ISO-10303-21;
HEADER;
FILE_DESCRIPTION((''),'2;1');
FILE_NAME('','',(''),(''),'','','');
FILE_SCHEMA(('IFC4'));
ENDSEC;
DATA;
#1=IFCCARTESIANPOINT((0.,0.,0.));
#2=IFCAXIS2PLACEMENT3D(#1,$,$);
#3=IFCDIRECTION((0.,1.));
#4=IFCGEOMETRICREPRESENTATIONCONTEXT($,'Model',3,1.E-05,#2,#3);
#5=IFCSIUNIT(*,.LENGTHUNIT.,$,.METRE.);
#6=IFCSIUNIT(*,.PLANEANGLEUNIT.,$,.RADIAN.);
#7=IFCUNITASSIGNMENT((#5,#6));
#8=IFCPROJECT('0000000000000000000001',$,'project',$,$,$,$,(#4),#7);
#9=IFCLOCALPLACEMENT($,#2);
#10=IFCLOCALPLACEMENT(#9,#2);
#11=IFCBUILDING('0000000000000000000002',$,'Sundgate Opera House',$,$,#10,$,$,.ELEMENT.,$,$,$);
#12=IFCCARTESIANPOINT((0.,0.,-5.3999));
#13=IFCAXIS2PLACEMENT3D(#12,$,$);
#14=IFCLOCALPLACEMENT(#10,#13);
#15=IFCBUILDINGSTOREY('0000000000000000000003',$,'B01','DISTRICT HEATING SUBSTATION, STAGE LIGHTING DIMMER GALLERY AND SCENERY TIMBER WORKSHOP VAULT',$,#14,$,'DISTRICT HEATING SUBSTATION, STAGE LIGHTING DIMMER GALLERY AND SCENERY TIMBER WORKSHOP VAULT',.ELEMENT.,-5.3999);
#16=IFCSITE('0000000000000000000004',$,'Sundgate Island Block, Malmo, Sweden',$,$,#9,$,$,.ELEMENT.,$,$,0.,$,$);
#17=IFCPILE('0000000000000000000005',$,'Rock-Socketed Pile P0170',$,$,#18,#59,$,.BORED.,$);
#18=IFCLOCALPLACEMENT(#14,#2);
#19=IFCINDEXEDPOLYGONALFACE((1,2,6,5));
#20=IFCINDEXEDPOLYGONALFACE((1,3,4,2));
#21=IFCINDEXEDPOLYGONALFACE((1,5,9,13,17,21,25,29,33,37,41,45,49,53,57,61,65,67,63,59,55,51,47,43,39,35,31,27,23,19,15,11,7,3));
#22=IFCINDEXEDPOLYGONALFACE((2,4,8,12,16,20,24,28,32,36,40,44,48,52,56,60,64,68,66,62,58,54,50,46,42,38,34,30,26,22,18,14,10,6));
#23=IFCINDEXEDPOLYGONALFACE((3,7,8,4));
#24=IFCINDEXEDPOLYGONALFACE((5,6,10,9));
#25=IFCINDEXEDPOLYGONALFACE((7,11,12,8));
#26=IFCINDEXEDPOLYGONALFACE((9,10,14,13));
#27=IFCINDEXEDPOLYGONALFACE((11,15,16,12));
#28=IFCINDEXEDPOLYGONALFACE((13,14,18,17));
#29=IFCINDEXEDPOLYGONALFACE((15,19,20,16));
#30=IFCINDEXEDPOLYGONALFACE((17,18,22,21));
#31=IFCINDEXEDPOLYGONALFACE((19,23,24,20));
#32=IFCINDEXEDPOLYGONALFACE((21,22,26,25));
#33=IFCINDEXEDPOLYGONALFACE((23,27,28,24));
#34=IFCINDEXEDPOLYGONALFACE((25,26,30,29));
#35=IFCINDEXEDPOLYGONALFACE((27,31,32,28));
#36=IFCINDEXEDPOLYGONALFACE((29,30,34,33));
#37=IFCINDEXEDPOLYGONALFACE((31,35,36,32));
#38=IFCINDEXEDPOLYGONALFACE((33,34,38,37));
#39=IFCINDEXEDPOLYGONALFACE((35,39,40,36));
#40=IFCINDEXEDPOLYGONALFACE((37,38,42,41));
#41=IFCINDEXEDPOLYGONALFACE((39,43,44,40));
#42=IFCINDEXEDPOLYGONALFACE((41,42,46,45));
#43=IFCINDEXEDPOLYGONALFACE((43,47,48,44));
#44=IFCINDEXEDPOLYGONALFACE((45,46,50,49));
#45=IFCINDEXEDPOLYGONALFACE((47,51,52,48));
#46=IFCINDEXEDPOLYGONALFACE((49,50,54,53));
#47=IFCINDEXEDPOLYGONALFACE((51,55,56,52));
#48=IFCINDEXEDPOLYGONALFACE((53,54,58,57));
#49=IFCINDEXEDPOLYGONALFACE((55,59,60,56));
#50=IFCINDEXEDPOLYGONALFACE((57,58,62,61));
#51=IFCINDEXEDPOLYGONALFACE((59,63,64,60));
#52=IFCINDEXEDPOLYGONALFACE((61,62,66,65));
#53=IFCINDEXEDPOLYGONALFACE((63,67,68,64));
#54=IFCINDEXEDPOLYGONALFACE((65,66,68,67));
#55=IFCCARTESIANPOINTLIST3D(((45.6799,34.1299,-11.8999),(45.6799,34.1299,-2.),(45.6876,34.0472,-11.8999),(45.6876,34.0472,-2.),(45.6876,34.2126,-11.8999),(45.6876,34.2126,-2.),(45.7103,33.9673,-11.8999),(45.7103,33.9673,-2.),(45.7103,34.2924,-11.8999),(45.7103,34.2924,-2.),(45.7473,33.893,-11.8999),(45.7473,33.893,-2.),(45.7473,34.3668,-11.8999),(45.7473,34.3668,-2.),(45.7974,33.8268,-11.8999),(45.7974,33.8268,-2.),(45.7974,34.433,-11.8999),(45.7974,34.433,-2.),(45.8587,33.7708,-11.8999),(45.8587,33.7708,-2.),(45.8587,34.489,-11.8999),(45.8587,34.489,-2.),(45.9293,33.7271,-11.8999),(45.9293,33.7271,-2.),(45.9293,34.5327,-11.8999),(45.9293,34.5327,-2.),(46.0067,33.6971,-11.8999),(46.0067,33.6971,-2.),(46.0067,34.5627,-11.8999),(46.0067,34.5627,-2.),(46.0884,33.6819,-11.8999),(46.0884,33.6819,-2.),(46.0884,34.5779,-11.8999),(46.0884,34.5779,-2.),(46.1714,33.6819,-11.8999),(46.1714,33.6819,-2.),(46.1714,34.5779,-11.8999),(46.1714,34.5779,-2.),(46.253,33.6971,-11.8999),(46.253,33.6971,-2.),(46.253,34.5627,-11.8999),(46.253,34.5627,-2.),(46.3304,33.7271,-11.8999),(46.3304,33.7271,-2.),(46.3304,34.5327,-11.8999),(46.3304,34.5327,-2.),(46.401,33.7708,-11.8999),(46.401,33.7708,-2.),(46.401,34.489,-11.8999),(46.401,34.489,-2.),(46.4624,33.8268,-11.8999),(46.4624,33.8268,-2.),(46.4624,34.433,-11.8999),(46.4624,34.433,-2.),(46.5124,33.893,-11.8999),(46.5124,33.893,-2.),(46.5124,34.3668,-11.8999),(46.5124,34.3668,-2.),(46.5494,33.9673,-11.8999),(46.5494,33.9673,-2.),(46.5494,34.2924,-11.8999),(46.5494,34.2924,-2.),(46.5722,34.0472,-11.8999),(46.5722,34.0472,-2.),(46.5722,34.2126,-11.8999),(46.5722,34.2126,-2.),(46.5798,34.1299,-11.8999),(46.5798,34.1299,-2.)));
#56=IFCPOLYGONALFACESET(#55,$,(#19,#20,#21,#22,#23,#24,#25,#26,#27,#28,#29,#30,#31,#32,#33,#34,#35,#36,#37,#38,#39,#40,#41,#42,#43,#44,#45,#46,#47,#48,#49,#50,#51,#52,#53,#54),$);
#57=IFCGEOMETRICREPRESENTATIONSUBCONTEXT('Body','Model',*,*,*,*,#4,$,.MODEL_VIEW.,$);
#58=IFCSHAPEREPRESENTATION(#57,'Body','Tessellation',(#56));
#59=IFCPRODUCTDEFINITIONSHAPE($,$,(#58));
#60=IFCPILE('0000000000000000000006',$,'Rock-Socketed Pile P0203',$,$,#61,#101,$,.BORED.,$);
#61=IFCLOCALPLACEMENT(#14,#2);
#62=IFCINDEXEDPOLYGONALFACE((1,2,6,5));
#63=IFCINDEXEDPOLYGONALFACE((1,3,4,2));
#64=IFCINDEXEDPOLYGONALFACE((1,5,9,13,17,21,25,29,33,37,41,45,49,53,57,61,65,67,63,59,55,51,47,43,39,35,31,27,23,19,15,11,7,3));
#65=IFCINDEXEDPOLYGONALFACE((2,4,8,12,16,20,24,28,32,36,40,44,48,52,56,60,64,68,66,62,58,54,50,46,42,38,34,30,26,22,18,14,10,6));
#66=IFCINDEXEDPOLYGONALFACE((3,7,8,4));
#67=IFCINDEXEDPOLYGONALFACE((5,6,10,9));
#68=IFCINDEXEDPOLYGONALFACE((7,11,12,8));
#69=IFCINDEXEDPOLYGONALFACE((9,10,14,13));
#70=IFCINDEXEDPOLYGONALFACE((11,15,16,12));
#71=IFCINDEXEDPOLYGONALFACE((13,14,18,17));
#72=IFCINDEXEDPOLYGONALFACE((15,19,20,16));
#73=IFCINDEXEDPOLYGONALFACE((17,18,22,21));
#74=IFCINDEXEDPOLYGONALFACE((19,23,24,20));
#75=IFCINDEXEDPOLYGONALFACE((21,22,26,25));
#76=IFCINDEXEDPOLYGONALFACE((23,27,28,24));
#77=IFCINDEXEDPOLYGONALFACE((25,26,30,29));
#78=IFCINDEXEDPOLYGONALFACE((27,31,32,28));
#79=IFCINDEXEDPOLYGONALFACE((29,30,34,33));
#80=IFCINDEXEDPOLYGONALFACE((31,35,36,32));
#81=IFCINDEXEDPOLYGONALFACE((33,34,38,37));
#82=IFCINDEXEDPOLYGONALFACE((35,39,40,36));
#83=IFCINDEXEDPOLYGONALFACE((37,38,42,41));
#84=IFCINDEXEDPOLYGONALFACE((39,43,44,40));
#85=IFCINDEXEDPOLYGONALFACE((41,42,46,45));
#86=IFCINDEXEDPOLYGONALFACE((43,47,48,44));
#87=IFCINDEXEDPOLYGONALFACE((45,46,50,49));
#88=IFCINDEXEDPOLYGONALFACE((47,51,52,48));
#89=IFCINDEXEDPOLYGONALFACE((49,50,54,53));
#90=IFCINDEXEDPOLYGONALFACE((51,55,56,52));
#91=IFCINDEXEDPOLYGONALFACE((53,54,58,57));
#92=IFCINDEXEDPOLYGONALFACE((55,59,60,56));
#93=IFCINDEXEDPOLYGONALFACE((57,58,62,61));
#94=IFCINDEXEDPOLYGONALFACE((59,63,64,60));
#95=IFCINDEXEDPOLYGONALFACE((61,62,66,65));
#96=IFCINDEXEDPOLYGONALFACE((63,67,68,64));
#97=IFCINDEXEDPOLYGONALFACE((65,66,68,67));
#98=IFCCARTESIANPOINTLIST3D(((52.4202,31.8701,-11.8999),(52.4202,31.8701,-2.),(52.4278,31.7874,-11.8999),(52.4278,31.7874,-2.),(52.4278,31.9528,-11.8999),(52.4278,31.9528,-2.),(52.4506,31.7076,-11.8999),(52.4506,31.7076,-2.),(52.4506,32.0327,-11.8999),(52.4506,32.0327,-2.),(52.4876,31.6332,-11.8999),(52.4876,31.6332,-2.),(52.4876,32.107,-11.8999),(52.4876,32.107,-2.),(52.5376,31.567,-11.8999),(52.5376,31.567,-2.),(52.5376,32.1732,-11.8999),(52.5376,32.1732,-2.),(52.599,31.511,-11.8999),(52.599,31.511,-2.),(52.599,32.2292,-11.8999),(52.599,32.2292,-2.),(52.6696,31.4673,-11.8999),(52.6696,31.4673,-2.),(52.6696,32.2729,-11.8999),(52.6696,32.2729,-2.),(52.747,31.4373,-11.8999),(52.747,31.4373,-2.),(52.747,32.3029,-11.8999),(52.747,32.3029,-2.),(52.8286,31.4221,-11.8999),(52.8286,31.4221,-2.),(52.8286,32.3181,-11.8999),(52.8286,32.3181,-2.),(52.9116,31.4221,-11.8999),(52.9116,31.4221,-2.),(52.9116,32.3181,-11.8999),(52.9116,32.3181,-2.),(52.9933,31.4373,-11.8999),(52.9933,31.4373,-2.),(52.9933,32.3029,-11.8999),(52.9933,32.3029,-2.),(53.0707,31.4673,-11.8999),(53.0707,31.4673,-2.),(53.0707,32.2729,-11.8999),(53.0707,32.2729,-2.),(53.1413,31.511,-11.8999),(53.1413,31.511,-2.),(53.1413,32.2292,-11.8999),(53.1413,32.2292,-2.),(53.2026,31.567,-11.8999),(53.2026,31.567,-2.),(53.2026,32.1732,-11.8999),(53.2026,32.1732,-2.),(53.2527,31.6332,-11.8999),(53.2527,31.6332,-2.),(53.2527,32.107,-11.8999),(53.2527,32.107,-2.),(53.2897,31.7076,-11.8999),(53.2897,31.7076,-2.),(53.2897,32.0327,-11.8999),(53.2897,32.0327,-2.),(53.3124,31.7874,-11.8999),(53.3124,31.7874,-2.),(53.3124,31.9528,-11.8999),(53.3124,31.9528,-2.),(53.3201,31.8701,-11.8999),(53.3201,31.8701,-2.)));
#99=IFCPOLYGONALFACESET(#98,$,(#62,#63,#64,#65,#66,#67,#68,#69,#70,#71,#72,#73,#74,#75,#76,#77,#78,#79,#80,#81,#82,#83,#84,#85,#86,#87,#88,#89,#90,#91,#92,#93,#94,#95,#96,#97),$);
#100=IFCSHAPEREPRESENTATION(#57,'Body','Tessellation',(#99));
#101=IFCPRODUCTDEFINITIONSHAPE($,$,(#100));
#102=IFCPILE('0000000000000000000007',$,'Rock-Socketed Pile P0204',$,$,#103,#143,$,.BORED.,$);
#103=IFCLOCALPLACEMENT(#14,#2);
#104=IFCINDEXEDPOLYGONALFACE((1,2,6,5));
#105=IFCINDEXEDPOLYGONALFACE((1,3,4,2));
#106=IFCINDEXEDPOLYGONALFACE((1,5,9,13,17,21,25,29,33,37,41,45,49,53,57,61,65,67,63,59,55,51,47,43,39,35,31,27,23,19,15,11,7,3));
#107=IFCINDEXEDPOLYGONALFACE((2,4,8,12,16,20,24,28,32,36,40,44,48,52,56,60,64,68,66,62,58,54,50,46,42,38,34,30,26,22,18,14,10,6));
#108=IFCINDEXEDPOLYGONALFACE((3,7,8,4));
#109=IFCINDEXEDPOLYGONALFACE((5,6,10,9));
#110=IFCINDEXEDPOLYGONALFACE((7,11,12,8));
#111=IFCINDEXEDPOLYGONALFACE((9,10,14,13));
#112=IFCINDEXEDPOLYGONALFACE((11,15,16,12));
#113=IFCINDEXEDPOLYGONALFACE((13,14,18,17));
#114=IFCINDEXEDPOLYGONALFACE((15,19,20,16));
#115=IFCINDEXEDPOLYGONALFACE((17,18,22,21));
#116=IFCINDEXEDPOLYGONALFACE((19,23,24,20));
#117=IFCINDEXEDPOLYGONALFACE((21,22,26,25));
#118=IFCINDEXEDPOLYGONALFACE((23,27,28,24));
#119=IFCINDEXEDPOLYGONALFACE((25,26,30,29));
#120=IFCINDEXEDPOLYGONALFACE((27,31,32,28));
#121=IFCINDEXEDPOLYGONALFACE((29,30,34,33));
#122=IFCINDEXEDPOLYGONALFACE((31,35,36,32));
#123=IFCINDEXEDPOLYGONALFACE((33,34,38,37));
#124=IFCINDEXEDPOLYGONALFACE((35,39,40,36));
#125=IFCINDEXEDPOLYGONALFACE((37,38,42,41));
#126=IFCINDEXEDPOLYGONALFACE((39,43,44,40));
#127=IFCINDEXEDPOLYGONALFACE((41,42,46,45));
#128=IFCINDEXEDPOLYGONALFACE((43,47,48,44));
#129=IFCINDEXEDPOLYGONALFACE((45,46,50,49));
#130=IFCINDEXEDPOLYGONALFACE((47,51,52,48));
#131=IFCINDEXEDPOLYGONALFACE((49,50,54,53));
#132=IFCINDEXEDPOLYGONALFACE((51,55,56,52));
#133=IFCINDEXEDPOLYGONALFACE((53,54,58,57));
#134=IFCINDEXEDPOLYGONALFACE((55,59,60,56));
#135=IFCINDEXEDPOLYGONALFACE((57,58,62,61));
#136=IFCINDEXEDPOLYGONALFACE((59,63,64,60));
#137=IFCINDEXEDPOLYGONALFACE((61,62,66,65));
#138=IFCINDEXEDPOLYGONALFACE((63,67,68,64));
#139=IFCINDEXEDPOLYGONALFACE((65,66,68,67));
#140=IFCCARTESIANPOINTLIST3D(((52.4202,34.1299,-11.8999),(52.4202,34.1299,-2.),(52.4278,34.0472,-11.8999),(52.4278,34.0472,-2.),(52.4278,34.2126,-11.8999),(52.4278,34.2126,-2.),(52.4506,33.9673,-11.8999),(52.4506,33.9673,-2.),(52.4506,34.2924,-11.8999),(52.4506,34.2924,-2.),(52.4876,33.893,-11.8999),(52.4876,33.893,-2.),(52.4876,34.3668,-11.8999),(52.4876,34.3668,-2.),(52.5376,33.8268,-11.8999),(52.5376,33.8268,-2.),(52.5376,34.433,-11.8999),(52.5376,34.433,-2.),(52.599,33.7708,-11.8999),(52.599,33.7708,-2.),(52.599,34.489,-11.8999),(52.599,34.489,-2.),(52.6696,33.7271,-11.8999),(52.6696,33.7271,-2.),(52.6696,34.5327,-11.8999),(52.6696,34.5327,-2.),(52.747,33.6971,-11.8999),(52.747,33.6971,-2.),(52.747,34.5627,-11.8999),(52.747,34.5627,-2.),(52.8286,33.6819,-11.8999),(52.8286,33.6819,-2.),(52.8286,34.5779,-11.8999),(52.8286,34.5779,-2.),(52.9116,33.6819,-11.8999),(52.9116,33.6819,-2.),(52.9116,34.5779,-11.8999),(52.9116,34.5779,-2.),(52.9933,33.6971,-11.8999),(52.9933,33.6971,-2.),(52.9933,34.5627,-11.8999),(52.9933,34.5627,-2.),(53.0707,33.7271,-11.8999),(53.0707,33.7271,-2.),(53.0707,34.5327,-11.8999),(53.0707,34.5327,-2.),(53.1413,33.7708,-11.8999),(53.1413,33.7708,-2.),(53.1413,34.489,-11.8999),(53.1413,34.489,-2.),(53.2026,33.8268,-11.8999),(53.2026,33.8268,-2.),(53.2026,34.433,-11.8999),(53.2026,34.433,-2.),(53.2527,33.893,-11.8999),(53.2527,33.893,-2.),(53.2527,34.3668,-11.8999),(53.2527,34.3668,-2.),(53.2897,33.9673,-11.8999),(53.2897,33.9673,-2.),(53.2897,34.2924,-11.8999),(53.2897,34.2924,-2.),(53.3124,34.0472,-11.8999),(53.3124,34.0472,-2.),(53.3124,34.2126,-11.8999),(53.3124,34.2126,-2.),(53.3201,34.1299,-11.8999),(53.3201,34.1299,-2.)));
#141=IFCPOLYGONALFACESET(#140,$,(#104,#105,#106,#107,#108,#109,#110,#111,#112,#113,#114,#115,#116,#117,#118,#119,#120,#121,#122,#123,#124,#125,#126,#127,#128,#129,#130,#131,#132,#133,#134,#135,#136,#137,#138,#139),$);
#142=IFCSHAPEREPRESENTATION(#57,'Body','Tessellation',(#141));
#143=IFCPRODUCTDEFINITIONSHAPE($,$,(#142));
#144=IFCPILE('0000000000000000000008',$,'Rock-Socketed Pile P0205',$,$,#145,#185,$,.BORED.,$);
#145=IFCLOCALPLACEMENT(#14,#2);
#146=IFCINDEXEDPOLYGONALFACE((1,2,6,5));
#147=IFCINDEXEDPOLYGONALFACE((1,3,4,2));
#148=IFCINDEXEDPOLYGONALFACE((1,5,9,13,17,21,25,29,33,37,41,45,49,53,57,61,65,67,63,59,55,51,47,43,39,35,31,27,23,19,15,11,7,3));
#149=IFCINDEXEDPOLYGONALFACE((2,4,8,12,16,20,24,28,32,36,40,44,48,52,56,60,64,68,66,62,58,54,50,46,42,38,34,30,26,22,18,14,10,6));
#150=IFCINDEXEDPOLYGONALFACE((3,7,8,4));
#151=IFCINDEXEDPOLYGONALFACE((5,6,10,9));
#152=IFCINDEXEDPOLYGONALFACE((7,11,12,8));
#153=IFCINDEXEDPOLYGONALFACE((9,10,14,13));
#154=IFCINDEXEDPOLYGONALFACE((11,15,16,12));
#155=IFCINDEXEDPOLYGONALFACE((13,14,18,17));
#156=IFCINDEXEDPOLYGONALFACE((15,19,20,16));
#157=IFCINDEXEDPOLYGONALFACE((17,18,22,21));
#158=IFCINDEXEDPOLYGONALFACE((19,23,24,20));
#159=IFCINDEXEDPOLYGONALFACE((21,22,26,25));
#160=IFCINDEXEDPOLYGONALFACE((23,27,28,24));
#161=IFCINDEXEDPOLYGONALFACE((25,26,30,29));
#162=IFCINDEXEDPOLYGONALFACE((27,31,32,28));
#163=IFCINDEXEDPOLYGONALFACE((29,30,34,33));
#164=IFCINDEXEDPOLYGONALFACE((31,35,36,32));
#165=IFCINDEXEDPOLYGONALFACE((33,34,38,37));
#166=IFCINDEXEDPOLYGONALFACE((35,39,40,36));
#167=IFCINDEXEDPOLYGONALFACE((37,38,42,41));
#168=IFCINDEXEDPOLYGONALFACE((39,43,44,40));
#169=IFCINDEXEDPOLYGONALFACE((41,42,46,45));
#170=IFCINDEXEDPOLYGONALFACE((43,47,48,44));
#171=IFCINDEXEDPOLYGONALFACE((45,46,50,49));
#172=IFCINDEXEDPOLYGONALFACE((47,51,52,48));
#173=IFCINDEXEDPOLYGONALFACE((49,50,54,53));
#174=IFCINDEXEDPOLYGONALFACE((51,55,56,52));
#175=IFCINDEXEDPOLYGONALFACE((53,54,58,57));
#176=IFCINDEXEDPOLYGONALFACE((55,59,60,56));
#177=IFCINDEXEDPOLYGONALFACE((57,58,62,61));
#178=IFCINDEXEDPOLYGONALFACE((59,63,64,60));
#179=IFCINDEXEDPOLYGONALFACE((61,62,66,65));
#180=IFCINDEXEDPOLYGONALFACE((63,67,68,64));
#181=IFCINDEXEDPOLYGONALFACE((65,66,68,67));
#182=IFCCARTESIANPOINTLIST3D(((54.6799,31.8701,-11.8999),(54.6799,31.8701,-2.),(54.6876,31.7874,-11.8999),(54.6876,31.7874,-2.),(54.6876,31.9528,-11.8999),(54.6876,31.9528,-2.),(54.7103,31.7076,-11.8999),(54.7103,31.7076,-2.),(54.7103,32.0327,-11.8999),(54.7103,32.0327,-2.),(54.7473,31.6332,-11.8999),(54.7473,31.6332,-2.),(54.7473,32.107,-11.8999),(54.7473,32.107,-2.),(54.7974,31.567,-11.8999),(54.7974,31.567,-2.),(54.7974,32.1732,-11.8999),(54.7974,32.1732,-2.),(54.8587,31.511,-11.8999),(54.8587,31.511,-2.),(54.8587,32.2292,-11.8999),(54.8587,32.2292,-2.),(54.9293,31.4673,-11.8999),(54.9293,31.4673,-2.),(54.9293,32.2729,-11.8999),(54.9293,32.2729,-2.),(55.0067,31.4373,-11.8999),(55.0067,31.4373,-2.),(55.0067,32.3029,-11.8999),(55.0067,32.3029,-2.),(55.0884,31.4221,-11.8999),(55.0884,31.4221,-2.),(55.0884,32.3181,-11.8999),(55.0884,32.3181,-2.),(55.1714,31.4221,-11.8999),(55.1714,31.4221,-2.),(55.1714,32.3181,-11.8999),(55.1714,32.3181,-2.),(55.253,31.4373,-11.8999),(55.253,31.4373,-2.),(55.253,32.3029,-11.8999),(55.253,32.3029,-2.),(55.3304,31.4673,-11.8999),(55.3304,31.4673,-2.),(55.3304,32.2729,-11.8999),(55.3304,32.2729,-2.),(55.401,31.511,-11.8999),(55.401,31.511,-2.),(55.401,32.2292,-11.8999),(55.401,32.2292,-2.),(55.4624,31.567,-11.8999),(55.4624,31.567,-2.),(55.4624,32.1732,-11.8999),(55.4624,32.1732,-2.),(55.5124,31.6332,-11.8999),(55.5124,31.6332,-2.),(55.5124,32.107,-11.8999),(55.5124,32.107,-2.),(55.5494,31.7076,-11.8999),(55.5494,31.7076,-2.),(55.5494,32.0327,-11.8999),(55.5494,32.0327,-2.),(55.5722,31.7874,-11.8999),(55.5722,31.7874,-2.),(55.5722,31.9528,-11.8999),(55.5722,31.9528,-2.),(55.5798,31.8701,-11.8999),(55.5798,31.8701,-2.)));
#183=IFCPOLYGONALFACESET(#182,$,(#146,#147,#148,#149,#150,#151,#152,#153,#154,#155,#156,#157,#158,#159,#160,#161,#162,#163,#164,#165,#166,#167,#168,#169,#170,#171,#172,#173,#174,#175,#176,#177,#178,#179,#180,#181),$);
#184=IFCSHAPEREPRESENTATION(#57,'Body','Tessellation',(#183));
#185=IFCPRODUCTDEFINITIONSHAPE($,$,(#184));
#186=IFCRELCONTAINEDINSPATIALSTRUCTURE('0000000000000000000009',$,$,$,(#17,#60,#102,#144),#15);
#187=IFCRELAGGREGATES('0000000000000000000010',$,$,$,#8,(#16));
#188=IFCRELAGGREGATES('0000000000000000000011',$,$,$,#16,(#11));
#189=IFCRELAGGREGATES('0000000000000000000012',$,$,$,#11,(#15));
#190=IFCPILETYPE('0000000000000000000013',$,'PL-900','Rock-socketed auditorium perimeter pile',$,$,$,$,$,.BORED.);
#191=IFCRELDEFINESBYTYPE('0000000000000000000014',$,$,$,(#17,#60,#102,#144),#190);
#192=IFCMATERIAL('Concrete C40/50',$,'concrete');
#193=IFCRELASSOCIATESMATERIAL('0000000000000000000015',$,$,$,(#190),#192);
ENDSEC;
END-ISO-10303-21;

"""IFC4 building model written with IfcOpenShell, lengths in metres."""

from ifc_helpers import new_model, si_unit, direction, frame, origin, origin_2d, place, context, subcontext, project, spatial, circle, extrude, material, material_profile, profile_set, type_object, element, save


model = new_model("IFC4")

# Units and contexts
model_context = context("Model", 3, precision=1e-05, world=origin(), true_north=direction((0.0, 1.0)))
body_context = subcontext(model_context, "Body", "Model", "MODEL_VIEW")
ifc_project = project(units=[si_unit("LENGTHUNIT", "METRE"), si_unit("PLANEANGLEUNIT", "RADIAN")], contexts=[model_context])

# Site, building, storey
site_placement = place(None, origin())
site = spatial("IfcSite", under=ifc_project, at=site_placement, Name="Sundgate Island Block, Malmo, Sweden", CompositionType="ELEMENT", RefElevation=0.0)
building_placement = place(site_placement, origin())
building = spatial("IfcBuilding", under=site, at=building_placement, Name="Sundgate Opera House", CompositionType="ELEMENT")
storey_placement = place(building_placement, frame((0.0, 0.0, -5.3999)))
storey = spatial("IfcBuildingStorey", under=building, at=storey_placement, Name="B01", Description="DISTRICT HEATING SUBSTATION, STAGE LIGHTING DIMMER GALLERY AND SCENERY TIMBER WORKSHOP VAULT", LongName="DISTRICT HEATING SUBSTATION, STAGE LIGHTING DIMMER GALLERY AND SCENERY TIMBER WORKSHOP VAULT", CompositionType="ELEMENT", Elevation=-5.3999)

# Piles
ifc_material_1 = material(Name="Concrete C40/50", Category="concrete")
ifc_material_profile_1 = material_profile(ifc_material_1, circle(Radius=0.45, at=origin_2d()), Name="PILE D900")
ifc_profile_set_1 = profile_set([ifc_material_profile_1], Name="Concrete C40/50")
pile_type_1 = type_object("IfcPileType", Name="PL-900", Description="Rock-socketed auditorium perimeter pile", PredefinedType="BORED", material=ifc_profile_set_1)
for number, where, z_axis, x_axis, name in (
    (1, (46.1299, 34.1299, -2.0), (0.0, 0.0, -1.0), (1.0, 0.0, 0.0), "Rock-Socketed Pile P0170"),
    (2, (52.8701, 31.8701, -2.0), (0.0, 0.0, -1.0), (1.0, 0.0, 0.0), "Rock-Socketed Pile P0203"),
    (3, (52.8701, 34.1299, -2.0), (0.0, 0.0, -1.0), (1.0, 0.0, 0.0), "Rock-Socketed Pile P0204"),
    (4, (55.1299, 31.8701, -2.0), (0.0, 0.0, -1.0), (1.0, 0.0, 0.0), "Rock-Socketed Pile P0205"),
):
    element("IfcPile", number, at=place(storey_placement, frame(where, z_axis=z_axis, x_axis=x_axis)), inside=storey, type_object=pile_type_1, Name=name, PredefinedType="BORED", context=body_context, shape_type="SweptSolid", body=[
        extrude(circle(Radius=0.45, at=origin_2d()), origin(), (0.0, 0.0, 1.0), 9.8999),
    ])

save(model, "model.ifc")
